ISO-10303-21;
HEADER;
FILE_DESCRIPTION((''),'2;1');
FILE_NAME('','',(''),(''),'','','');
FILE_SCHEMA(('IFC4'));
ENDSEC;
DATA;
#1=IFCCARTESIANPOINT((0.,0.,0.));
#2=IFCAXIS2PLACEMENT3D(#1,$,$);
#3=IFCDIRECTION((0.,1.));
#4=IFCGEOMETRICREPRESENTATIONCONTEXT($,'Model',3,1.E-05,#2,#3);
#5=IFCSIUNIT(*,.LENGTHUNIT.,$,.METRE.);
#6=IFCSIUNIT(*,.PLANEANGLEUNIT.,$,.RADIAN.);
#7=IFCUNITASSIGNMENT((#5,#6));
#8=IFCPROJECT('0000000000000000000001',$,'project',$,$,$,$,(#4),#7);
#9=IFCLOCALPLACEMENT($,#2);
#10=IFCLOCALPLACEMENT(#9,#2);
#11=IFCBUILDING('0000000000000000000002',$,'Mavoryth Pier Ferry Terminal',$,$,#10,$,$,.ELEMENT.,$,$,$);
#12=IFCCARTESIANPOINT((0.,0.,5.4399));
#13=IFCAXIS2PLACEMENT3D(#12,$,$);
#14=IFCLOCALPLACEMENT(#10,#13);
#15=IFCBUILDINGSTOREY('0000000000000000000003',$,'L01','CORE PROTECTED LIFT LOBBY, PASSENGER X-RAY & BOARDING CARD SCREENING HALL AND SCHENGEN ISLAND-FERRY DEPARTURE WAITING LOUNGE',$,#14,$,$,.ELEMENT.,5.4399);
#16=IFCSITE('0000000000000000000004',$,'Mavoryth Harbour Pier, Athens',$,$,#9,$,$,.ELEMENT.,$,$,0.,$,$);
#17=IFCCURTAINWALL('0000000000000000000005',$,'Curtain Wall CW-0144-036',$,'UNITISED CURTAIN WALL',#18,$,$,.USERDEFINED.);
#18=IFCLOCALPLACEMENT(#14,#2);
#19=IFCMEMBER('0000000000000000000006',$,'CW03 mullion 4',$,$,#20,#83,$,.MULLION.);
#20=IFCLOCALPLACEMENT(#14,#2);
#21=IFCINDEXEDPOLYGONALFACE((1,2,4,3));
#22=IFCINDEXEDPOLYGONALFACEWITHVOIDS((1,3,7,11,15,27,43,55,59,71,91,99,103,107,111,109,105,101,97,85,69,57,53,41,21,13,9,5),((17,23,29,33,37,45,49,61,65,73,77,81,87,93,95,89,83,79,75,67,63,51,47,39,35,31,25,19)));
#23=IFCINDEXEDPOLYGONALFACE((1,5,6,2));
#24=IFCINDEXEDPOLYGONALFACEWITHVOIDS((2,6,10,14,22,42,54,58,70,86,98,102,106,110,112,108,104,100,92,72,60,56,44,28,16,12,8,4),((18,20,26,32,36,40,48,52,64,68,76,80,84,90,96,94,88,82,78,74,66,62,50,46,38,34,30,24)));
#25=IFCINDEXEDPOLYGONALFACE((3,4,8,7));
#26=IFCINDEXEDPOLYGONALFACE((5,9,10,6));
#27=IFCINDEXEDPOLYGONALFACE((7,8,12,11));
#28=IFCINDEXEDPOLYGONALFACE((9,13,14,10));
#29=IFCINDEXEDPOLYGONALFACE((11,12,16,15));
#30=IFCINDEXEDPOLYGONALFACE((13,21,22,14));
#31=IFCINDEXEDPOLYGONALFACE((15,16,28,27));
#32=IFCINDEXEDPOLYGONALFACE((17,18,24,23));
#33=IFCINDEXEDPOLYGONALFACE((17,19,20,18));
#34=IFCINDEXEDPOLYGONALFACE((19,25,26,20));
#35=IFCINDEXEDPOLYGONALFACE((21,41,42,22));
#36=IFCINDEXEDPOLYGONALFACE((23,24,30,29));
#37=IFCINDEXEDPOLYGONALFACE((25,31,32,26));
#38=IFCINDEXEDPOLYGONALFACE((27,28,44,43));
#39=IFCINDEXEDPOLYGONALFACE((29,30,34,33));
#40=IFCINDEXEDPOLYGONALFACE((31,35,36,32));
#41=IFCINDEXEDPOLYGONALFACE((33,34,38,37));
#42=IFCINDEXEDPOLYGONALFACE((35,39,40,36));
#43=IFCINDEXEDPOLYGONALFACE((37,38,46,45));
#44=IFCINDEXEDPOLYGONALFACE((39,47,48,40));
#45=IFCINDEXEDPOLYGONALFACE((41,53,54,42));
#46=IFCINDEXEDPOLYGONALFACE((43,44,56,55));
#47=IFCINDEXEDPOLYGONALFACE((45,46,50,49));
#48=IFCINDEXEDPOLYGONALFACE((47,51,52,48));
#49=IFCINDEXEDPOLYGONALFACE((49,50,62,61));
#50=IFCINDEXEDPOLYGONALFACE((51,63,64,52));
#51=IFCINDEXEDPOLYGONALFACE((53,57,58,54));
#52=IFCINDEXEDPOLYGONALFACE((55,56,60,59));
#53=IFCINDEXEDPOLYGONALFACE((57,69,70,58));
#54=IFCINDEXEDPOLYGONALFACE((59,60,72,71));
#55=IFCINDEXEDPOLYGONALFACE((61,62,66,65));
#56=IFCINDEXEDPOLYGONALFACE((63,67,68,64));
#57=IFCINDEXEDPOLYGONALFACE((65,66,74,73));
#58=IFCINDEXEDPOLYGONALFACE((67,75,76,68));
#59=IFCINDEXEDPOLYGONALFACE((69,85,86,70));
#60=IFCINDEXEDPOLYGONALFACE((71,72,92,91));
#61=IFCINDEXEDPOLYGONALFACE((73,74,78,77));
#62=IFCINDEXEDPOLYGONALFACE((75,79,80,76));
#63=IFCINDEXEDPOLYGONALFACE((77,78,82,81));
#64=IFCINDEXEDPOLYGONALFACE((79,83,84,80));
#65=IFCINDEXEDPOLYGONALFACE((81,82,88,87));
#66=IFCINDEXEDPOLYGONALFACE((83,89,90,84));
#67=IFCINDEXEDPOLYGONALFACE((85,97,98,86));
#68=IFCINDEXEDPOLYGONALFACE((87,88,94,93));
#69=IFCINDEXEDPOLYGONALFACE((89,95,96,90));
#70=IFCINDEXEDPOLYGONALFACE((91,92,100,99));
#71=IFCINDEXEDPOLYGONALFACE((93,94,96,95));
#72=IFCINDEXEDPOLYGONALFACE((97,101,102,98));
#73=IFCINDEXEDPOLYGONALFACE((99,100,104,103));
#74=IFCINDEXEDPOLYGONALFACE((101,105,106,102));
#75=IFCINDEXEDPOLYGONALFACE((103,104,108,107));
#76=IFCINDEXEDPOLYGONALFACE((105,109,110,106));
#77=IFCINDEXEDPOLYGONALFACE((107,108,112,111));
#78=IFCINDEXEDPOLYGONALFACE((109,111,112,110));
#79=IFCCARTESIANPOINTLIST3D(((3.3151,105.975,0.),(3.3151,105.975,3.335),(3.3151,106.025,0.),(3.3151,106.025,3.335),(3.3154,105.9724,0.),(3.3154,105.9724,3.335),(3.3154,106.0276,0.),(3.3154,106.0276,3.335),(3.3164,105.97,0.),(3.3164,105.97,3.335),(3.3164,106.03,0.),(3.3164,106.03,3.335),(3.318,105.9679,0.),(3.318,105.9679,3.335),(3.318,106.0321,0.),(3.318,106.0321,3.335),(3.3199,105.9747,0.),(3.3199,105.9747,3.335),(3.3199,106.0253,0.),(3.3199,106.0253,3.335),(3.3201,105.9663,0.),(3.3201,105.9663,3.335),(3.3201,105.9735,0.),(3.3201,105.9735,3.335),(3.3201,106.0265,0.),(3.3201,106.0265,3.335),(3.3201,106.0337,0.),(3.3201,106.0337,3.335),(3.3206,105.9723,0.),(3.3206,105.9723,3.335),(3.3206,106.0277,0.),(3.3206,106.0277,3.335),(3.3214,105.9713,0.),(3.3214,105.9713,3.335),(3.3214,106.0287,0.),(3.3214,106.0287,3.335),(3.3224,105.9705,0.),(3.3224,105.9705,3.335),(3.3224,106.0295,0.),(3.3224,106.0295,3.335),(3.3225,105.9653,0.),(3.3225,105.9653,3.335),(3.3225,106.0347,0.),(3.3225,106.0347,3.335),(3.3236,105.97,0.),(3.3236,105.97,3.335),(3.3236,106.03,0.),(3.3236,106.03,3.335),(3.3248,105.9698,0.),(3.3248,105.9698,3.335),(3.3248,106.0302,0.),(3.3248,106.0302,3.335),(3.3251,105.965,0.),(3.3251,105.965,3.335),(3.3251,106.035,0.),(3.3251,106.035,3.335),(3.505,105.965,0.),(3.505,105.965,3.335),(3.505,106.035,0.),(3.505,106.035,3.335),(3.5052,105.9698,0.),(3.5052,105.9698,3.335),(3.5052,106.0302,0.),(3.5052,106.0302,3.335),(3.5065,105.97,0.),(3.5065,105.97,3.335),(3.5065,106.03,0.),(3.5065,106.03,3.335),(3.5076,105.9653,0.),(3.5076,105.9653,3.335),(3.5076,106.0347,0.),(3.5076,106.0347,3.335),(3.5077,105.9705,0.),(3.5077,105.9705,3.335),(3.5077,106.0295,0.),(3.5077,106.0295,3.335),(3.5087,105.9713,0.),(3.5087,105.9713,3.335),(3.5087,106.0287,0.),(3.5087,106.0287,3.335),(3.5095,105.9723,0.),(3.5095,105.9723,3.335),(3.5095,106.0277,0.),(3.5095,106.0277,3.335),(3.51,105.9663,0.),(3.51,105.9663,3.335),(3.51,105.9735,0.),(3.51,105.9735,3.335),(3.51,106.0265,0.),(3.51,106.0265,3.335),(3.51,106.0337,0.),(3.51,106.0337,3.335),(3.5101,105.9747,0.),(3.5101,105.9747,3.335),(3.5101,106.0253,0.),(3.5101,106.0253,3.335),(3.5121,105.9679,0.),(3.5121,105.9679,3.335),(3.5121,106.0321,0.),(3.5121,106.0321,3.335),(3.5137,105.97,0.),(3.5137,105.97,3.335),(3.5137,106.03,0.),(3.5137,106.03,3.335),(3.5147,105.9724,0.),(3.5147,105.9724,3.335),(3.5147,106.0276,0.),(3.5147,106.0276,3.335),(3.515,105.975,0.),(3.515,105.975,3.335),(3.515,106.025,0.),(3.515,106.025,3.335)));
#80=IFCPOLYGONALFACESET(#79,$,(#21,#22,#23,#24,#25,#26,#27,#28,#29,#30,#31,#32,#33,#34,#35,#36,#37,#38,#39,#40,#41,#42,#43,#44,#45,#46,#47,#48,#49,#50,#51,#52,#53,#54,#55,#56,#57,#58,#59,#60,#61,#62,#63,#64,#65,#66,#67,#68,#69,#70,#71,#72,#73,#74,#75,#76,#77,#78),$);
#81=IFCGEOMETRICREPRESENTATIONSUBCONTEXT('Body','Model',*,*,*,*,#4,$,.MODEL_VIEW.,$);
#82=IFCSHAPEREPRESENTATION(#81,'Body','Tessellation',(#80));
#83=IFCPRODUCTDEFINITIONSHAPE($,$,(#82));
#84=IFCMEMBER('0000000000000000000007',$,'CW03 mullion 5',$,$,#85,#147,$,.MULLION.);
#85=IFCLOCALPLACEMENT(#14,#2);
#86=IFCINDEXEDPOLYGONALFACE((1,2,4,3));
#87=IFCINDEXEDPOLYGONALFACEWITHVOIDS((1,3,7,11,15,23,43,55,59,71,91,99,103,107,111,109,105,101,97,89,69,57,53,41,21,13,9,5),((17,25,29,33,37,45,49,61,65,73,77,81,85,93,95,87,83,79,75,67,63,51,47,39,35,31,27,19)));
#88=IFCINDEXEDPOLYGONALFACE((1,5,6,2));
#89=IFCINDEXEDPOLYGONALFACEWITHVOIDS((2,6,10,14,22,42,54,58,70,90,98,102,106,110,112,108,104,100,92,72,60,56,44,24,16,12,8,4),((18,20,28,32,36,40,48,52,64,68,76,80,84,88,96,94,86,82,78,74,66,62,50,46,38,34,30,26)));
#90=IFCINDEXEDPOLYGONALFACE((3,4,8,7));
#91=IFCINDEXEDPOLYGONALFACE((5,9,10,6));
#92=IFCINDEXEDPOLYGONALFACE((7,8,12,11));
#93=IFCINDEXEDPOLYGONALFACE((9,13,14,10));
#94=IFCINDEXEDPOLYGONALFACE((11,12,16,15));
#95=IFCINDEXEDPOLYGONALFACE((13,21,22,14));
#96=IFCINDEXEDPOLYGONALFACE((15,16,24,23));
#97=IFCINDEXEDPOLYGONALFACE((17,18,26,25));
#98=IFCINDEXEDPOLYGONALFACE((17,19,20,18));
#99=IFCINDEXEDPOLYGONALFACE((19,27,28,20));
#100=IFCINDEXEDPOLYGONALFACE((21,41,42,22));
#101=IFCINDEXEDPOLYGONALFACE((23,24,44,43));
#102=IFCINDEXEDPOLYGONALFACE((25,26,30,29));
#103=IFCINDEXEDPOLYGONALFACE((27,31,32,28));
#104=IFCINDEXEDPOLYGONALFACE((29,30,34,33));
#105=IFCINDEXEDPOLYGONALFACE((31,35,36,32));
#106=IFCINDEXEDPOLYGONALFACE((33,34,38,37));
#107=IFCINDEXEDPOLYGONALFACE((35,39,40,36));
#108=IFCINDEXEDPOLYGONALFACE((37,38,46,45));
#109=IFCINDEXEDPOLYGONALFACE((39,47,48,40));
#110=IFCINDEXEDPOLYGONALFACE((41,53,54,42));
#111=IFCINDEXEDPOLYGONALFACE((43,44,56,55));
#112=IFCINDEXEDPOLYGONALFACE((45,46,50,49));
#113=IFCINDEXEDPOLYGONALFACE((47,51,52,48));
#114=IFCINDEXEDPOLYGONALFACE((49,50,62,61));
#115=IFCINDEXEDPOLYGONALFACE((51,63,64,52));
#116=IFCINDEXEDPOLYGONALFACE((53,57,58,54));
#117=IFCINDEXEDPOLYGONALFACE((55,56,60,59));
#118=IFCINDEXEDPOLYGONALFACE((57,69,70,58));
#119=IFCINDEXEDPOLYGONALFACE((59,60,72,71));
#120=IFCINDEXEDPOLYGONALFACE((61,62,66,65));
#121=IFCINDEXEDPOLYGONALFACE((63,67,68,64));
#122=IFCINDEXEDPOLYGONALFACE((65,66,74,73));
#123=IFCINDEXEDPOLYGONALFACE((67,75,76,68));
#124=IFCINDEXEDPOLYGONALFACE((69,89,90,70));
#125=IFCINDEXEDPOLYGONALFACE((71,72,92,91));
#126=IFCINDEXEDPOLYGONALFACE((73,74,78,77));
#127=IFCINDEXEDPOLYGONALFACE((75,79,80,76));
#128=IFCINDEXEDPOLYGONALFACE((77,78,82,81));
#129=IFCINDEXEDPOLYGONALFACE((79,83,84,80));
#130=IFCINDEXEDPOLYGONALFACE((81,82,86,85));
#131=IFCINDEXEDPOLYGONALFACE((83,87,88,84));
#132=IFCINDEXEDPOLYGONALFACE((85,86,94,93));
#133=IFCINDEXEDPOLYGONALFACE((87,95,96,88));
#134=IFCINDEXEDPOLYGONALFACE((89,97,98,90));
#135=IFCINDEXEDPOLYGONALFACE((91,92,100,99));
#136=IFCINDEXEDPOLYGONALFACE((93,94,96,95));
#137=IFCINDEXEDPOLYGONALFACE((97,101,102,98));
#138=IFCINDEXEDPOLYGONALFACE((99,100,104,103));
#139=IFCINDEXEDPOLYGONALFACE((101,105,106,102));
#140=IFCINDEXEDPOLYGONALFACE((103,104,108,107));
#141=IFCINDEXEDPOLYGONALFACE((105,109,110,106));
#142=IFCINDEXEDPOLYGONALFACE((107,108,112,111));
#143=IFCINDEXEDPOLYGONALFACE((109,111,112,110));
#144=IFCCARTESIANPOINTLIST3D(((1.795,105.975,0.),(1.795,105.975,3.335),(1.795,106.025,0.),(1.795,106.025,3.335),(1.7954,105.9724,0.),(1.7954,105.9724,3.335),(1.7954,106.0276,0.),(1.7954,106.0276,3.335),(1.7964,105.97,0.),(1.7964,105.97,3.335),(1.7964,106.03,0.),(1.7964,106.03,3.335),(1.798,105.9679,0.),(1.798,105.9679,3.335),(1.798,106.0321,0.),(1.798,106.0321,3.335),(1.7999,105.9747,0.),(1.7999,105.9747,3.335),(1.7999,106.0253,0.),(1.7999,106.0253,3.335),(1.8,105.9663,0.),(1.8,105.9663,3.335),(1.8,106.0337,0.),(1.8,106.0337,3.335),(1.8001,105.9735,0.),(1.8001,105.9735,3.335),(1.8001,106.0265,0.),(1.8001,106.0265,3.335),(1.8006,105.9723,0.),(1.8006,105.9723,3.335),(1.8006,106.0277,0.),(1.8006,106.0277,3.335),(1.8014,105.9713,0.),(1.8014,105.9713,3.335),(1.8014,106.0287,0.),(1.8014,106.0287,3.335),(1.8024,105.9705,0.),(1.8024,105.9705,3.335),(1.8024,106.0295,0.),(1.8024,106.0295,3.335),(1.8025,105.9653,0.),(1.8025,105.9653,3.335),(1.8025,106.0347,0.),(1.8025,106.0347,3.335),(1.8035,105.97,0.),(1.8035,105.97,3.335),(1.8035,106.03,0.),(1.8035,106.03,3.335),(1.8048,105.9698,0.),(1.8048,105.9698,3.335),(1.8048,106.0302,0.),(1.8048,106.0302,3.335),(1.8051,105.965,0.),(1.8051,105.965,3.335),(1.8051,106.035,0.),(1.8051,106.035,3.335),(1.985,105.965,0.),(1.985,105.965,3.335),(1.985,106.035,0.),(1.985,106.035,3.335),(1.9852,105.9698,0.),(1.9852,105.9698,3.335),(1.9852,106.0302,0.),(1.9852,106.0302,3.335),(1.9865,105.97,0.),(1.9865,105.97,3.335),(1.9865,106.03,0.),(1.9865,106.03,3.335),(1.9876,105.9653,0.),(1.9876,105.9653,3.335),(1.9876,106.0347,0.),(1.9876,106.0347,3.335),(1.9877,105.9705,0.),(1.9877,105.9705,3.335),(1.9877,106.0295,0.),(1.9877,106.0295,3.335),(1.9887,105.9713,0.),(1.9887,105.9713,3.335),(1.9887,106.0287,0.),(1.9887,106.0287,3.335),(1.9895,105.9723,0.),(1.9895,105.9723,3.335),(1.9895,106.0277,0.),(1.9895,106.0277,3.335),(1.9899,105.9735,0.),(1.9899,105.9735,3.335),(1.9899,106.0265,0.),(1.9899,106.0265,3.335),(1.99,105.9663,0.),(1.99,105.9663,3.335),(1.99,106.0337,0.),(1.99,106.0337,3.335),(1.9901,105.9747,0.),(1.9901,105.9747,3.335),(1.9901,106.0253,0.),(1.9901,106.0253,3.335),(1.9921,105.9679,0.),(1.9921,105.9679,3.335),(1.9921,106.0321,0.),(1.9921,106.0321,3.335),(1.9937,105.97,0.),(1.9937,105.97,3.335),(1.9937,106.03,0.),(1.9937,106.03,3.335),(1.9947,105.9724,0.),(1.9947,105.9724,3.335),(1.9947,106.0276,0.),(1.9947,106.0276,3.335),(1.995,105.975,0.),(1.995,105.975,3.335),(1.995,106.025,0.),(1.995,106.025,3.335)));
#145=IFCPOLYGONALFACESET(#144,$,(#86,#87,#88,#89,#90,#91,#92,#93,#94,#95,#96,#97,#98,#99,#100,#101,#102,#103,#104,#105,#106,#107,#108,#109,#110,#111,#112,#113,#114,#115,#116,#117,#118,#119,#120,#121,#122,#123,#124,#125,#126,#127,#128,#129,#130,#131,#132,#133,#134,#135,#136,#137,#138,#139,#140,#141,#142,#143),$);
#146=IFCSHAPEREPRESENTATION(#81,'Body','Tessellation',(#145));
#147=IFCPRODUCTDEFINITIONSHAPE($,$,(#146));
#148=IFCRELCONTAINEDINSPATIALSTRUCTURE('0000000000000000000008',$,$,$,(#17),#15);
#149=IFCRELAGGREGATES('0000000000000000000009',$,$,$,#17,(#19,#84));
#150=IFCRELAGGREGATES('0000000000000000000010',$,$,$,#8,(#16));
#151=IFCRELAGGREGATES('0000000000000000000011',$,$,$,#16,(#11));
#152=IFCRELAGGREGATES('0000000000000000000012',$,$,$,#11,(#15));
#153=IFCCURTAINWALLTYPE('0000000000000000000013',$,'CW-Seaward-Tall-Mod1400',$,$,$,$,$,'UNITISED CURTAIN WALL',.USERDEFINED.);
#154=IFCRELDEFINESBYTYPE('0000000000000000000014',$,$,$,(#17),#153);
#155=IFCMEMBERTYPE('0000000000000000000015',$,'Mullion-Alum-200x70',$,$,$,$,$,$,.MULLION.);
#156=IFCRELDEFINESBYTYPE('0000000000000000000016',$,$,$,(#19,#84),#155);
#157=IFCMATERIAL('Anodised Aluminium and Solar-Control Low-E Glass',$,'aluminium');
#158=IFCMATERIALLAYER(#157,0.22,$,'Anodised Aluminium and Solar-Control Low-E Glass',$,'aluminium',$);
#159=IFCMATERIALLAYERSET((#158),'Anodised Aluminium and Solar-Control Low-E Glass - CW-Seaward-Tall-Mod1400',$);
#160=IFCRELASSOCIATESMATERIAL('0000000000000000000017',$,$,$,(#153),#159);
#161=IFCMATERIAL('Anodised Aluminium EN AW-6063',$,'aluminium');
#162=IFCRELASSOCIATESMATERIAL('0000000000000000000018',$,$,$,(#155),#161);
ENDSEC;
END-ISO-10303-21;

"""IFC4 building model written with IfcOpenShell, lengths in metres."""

from ifc_helpers import new_model, si_unit, direction, frame, origin, origin_2d, place, context, subcontext, project, spatial, hollow_rectangle, extrude, material, layer, layer_set, material_profile, profile_set, type_object, element, aggregate, save


model = new_model("IFC4")

# Units and contexts
model_context = context("Model", 3, precision=1e-05, world=origin(), true_north=direction((0.0, 1.0)))
body_context = subcontext(model_context, "Body", "Model", "MODEL_VIEW")
ifc_project = project(units=[si_unit("LENGTHUNIT", "METRE"), si_unit("PLANEANGLEUNIT", "RADIAN")], contexts=[model_context])

# Site, building, storey
site_placement = place(None, origin())
site = spatial("IfcSite", under=ifc_project, at=site_placement, Name="Mavoryth Harbour Pier, Athens", CompositionType="ELEMENT", RefElevation=0.0)
building_placement = place(site_placement, origin())
building = spatial("IfcBuilding", under=site, at=building_placement, Name="Mavoryth Pier Ferry Terminal", CompositionType="ELEMENT")
storey_placement = place(building_placement, frame((0.0, 0.0, 5.4399)))
storey = spatial("IfcBuildingStorey", under=building, at=storey_placement, Name="L01", Description="CORE PROTECTED LIFT LOBBY, PASSENGER X-RAY & BOARDING CARD SCREENING HALL AND SCHENGEN ISLAND-FERRY DEPARTURE WAITING LOUNGE", CompositionType="ELEMENT", Elevation=5.4399)

# Curtain wall, members
ifc_material_1 = material(Name="Anodised Aluminium and Solar-Control Low-E Glass", Category="aluminium")
ifc_material_2 = material(Name="Anodised Aluminium EN AW-6063", Category="aluminium")
ifc_layer_1 = layer(ifc_material_1, 0.22, Name="Anodised Aluminium and Solar-Control Low-E Glass", Category="aluminium")
ifc_layer_set_1 = layer_set([ifc_layer_1], Name="Anodised Aluminium and Solar-Control Low-E Glass - CW-Seaward-Tall-Mod1400")
curtain_wall_type_1 = type_object("IfcCurtainWallType", Name="CW-Seaward-Tall-Mod1400", ElementType="UNITISED CURTAIN WALL", PredefinedType="USERDEFINED", material=ifc_layer_set_1)
curtain_wall_1_placement = place(storey_placement, origin())
curtain_wall_1 = element("IfcCurtainWall", 1, at=curtain_wall_1_placement, inside=storey, type_object=curtain_wall_type_1, Name="Curtain Wall CW-0144-036", ObjectType="UNITISED CURTAIN WALL", PredefinedType="USERDEFINED")
ifc_material_profile_1 = material_profile(ifc_material_2, hollow_rectangle(XDim=0.0701, YDim=0.2, WallThickness=0.0049, InnerFilletRadius=0.0049, OuterFilletRadius=0.01, at=origin_2d()), Name="AL-MULL 200x70x5", Category="aluminium")
ifc_profile_set_1 = profile_set([ifc_material_profile_1], Name="Anodised Aluminium EN AW-6063 - AL-MULL 200x70x5")
member_type_1 = type_object("IfcMemberType", Name="Mullion-Alum-200x70", PredefinedType="MULLION", material=ifc_profile_set_1)
member_1_placement = place(storey_placement, frame((3.415, 106.0, 0.0), z_axis=(0.0, 0.0, 1.0), x_axis=(0.0, -1.0, 0.0)))
member_1 = element("IfcMember", 2, at=member_1_placement, type_object=member_type_1, Name="CW03 mullion 4", PredefinedType="MULLION", context=body_context, shape_type="SweptSolid", body=[
    extrude(hollow_rectangle(XDim=0.0701, YDim=0.2, WallThickness=0.0049, InnerFilletRadius=0.0049, OuterFilletRadius=0.01, at=origin_2d()), origin(), (0.0, 0.0, 1.0), 3.335),
])
member_2_placement = place(storey_placement, frame((1.895, 106.0, 0.0), z_axis=(0.0, 0.0, 1.0), x_axis=(0.0, -1.0, 0.0)))
member_2 = element("IfcMember", 3, at=member_2_placement, type_object=member_type_1, Name="CW03 mullion 5", PredefinedType="MULLION", context=body_context, shape_type="SweptSolid", body=[
    extrude(hollow_rectangle(XDim=0.0701, YDim=0.2, WallThickness=0.0049, InnerFilletRadius=0.0049, OuterFilletRadius=0.01, at=origin_2d()), origin(), (0.0, 0.0, 1.0), 3.335),
])

aggregate(curtain_wall_1, [member_1, member_2])

save(model, "model.ifc")
